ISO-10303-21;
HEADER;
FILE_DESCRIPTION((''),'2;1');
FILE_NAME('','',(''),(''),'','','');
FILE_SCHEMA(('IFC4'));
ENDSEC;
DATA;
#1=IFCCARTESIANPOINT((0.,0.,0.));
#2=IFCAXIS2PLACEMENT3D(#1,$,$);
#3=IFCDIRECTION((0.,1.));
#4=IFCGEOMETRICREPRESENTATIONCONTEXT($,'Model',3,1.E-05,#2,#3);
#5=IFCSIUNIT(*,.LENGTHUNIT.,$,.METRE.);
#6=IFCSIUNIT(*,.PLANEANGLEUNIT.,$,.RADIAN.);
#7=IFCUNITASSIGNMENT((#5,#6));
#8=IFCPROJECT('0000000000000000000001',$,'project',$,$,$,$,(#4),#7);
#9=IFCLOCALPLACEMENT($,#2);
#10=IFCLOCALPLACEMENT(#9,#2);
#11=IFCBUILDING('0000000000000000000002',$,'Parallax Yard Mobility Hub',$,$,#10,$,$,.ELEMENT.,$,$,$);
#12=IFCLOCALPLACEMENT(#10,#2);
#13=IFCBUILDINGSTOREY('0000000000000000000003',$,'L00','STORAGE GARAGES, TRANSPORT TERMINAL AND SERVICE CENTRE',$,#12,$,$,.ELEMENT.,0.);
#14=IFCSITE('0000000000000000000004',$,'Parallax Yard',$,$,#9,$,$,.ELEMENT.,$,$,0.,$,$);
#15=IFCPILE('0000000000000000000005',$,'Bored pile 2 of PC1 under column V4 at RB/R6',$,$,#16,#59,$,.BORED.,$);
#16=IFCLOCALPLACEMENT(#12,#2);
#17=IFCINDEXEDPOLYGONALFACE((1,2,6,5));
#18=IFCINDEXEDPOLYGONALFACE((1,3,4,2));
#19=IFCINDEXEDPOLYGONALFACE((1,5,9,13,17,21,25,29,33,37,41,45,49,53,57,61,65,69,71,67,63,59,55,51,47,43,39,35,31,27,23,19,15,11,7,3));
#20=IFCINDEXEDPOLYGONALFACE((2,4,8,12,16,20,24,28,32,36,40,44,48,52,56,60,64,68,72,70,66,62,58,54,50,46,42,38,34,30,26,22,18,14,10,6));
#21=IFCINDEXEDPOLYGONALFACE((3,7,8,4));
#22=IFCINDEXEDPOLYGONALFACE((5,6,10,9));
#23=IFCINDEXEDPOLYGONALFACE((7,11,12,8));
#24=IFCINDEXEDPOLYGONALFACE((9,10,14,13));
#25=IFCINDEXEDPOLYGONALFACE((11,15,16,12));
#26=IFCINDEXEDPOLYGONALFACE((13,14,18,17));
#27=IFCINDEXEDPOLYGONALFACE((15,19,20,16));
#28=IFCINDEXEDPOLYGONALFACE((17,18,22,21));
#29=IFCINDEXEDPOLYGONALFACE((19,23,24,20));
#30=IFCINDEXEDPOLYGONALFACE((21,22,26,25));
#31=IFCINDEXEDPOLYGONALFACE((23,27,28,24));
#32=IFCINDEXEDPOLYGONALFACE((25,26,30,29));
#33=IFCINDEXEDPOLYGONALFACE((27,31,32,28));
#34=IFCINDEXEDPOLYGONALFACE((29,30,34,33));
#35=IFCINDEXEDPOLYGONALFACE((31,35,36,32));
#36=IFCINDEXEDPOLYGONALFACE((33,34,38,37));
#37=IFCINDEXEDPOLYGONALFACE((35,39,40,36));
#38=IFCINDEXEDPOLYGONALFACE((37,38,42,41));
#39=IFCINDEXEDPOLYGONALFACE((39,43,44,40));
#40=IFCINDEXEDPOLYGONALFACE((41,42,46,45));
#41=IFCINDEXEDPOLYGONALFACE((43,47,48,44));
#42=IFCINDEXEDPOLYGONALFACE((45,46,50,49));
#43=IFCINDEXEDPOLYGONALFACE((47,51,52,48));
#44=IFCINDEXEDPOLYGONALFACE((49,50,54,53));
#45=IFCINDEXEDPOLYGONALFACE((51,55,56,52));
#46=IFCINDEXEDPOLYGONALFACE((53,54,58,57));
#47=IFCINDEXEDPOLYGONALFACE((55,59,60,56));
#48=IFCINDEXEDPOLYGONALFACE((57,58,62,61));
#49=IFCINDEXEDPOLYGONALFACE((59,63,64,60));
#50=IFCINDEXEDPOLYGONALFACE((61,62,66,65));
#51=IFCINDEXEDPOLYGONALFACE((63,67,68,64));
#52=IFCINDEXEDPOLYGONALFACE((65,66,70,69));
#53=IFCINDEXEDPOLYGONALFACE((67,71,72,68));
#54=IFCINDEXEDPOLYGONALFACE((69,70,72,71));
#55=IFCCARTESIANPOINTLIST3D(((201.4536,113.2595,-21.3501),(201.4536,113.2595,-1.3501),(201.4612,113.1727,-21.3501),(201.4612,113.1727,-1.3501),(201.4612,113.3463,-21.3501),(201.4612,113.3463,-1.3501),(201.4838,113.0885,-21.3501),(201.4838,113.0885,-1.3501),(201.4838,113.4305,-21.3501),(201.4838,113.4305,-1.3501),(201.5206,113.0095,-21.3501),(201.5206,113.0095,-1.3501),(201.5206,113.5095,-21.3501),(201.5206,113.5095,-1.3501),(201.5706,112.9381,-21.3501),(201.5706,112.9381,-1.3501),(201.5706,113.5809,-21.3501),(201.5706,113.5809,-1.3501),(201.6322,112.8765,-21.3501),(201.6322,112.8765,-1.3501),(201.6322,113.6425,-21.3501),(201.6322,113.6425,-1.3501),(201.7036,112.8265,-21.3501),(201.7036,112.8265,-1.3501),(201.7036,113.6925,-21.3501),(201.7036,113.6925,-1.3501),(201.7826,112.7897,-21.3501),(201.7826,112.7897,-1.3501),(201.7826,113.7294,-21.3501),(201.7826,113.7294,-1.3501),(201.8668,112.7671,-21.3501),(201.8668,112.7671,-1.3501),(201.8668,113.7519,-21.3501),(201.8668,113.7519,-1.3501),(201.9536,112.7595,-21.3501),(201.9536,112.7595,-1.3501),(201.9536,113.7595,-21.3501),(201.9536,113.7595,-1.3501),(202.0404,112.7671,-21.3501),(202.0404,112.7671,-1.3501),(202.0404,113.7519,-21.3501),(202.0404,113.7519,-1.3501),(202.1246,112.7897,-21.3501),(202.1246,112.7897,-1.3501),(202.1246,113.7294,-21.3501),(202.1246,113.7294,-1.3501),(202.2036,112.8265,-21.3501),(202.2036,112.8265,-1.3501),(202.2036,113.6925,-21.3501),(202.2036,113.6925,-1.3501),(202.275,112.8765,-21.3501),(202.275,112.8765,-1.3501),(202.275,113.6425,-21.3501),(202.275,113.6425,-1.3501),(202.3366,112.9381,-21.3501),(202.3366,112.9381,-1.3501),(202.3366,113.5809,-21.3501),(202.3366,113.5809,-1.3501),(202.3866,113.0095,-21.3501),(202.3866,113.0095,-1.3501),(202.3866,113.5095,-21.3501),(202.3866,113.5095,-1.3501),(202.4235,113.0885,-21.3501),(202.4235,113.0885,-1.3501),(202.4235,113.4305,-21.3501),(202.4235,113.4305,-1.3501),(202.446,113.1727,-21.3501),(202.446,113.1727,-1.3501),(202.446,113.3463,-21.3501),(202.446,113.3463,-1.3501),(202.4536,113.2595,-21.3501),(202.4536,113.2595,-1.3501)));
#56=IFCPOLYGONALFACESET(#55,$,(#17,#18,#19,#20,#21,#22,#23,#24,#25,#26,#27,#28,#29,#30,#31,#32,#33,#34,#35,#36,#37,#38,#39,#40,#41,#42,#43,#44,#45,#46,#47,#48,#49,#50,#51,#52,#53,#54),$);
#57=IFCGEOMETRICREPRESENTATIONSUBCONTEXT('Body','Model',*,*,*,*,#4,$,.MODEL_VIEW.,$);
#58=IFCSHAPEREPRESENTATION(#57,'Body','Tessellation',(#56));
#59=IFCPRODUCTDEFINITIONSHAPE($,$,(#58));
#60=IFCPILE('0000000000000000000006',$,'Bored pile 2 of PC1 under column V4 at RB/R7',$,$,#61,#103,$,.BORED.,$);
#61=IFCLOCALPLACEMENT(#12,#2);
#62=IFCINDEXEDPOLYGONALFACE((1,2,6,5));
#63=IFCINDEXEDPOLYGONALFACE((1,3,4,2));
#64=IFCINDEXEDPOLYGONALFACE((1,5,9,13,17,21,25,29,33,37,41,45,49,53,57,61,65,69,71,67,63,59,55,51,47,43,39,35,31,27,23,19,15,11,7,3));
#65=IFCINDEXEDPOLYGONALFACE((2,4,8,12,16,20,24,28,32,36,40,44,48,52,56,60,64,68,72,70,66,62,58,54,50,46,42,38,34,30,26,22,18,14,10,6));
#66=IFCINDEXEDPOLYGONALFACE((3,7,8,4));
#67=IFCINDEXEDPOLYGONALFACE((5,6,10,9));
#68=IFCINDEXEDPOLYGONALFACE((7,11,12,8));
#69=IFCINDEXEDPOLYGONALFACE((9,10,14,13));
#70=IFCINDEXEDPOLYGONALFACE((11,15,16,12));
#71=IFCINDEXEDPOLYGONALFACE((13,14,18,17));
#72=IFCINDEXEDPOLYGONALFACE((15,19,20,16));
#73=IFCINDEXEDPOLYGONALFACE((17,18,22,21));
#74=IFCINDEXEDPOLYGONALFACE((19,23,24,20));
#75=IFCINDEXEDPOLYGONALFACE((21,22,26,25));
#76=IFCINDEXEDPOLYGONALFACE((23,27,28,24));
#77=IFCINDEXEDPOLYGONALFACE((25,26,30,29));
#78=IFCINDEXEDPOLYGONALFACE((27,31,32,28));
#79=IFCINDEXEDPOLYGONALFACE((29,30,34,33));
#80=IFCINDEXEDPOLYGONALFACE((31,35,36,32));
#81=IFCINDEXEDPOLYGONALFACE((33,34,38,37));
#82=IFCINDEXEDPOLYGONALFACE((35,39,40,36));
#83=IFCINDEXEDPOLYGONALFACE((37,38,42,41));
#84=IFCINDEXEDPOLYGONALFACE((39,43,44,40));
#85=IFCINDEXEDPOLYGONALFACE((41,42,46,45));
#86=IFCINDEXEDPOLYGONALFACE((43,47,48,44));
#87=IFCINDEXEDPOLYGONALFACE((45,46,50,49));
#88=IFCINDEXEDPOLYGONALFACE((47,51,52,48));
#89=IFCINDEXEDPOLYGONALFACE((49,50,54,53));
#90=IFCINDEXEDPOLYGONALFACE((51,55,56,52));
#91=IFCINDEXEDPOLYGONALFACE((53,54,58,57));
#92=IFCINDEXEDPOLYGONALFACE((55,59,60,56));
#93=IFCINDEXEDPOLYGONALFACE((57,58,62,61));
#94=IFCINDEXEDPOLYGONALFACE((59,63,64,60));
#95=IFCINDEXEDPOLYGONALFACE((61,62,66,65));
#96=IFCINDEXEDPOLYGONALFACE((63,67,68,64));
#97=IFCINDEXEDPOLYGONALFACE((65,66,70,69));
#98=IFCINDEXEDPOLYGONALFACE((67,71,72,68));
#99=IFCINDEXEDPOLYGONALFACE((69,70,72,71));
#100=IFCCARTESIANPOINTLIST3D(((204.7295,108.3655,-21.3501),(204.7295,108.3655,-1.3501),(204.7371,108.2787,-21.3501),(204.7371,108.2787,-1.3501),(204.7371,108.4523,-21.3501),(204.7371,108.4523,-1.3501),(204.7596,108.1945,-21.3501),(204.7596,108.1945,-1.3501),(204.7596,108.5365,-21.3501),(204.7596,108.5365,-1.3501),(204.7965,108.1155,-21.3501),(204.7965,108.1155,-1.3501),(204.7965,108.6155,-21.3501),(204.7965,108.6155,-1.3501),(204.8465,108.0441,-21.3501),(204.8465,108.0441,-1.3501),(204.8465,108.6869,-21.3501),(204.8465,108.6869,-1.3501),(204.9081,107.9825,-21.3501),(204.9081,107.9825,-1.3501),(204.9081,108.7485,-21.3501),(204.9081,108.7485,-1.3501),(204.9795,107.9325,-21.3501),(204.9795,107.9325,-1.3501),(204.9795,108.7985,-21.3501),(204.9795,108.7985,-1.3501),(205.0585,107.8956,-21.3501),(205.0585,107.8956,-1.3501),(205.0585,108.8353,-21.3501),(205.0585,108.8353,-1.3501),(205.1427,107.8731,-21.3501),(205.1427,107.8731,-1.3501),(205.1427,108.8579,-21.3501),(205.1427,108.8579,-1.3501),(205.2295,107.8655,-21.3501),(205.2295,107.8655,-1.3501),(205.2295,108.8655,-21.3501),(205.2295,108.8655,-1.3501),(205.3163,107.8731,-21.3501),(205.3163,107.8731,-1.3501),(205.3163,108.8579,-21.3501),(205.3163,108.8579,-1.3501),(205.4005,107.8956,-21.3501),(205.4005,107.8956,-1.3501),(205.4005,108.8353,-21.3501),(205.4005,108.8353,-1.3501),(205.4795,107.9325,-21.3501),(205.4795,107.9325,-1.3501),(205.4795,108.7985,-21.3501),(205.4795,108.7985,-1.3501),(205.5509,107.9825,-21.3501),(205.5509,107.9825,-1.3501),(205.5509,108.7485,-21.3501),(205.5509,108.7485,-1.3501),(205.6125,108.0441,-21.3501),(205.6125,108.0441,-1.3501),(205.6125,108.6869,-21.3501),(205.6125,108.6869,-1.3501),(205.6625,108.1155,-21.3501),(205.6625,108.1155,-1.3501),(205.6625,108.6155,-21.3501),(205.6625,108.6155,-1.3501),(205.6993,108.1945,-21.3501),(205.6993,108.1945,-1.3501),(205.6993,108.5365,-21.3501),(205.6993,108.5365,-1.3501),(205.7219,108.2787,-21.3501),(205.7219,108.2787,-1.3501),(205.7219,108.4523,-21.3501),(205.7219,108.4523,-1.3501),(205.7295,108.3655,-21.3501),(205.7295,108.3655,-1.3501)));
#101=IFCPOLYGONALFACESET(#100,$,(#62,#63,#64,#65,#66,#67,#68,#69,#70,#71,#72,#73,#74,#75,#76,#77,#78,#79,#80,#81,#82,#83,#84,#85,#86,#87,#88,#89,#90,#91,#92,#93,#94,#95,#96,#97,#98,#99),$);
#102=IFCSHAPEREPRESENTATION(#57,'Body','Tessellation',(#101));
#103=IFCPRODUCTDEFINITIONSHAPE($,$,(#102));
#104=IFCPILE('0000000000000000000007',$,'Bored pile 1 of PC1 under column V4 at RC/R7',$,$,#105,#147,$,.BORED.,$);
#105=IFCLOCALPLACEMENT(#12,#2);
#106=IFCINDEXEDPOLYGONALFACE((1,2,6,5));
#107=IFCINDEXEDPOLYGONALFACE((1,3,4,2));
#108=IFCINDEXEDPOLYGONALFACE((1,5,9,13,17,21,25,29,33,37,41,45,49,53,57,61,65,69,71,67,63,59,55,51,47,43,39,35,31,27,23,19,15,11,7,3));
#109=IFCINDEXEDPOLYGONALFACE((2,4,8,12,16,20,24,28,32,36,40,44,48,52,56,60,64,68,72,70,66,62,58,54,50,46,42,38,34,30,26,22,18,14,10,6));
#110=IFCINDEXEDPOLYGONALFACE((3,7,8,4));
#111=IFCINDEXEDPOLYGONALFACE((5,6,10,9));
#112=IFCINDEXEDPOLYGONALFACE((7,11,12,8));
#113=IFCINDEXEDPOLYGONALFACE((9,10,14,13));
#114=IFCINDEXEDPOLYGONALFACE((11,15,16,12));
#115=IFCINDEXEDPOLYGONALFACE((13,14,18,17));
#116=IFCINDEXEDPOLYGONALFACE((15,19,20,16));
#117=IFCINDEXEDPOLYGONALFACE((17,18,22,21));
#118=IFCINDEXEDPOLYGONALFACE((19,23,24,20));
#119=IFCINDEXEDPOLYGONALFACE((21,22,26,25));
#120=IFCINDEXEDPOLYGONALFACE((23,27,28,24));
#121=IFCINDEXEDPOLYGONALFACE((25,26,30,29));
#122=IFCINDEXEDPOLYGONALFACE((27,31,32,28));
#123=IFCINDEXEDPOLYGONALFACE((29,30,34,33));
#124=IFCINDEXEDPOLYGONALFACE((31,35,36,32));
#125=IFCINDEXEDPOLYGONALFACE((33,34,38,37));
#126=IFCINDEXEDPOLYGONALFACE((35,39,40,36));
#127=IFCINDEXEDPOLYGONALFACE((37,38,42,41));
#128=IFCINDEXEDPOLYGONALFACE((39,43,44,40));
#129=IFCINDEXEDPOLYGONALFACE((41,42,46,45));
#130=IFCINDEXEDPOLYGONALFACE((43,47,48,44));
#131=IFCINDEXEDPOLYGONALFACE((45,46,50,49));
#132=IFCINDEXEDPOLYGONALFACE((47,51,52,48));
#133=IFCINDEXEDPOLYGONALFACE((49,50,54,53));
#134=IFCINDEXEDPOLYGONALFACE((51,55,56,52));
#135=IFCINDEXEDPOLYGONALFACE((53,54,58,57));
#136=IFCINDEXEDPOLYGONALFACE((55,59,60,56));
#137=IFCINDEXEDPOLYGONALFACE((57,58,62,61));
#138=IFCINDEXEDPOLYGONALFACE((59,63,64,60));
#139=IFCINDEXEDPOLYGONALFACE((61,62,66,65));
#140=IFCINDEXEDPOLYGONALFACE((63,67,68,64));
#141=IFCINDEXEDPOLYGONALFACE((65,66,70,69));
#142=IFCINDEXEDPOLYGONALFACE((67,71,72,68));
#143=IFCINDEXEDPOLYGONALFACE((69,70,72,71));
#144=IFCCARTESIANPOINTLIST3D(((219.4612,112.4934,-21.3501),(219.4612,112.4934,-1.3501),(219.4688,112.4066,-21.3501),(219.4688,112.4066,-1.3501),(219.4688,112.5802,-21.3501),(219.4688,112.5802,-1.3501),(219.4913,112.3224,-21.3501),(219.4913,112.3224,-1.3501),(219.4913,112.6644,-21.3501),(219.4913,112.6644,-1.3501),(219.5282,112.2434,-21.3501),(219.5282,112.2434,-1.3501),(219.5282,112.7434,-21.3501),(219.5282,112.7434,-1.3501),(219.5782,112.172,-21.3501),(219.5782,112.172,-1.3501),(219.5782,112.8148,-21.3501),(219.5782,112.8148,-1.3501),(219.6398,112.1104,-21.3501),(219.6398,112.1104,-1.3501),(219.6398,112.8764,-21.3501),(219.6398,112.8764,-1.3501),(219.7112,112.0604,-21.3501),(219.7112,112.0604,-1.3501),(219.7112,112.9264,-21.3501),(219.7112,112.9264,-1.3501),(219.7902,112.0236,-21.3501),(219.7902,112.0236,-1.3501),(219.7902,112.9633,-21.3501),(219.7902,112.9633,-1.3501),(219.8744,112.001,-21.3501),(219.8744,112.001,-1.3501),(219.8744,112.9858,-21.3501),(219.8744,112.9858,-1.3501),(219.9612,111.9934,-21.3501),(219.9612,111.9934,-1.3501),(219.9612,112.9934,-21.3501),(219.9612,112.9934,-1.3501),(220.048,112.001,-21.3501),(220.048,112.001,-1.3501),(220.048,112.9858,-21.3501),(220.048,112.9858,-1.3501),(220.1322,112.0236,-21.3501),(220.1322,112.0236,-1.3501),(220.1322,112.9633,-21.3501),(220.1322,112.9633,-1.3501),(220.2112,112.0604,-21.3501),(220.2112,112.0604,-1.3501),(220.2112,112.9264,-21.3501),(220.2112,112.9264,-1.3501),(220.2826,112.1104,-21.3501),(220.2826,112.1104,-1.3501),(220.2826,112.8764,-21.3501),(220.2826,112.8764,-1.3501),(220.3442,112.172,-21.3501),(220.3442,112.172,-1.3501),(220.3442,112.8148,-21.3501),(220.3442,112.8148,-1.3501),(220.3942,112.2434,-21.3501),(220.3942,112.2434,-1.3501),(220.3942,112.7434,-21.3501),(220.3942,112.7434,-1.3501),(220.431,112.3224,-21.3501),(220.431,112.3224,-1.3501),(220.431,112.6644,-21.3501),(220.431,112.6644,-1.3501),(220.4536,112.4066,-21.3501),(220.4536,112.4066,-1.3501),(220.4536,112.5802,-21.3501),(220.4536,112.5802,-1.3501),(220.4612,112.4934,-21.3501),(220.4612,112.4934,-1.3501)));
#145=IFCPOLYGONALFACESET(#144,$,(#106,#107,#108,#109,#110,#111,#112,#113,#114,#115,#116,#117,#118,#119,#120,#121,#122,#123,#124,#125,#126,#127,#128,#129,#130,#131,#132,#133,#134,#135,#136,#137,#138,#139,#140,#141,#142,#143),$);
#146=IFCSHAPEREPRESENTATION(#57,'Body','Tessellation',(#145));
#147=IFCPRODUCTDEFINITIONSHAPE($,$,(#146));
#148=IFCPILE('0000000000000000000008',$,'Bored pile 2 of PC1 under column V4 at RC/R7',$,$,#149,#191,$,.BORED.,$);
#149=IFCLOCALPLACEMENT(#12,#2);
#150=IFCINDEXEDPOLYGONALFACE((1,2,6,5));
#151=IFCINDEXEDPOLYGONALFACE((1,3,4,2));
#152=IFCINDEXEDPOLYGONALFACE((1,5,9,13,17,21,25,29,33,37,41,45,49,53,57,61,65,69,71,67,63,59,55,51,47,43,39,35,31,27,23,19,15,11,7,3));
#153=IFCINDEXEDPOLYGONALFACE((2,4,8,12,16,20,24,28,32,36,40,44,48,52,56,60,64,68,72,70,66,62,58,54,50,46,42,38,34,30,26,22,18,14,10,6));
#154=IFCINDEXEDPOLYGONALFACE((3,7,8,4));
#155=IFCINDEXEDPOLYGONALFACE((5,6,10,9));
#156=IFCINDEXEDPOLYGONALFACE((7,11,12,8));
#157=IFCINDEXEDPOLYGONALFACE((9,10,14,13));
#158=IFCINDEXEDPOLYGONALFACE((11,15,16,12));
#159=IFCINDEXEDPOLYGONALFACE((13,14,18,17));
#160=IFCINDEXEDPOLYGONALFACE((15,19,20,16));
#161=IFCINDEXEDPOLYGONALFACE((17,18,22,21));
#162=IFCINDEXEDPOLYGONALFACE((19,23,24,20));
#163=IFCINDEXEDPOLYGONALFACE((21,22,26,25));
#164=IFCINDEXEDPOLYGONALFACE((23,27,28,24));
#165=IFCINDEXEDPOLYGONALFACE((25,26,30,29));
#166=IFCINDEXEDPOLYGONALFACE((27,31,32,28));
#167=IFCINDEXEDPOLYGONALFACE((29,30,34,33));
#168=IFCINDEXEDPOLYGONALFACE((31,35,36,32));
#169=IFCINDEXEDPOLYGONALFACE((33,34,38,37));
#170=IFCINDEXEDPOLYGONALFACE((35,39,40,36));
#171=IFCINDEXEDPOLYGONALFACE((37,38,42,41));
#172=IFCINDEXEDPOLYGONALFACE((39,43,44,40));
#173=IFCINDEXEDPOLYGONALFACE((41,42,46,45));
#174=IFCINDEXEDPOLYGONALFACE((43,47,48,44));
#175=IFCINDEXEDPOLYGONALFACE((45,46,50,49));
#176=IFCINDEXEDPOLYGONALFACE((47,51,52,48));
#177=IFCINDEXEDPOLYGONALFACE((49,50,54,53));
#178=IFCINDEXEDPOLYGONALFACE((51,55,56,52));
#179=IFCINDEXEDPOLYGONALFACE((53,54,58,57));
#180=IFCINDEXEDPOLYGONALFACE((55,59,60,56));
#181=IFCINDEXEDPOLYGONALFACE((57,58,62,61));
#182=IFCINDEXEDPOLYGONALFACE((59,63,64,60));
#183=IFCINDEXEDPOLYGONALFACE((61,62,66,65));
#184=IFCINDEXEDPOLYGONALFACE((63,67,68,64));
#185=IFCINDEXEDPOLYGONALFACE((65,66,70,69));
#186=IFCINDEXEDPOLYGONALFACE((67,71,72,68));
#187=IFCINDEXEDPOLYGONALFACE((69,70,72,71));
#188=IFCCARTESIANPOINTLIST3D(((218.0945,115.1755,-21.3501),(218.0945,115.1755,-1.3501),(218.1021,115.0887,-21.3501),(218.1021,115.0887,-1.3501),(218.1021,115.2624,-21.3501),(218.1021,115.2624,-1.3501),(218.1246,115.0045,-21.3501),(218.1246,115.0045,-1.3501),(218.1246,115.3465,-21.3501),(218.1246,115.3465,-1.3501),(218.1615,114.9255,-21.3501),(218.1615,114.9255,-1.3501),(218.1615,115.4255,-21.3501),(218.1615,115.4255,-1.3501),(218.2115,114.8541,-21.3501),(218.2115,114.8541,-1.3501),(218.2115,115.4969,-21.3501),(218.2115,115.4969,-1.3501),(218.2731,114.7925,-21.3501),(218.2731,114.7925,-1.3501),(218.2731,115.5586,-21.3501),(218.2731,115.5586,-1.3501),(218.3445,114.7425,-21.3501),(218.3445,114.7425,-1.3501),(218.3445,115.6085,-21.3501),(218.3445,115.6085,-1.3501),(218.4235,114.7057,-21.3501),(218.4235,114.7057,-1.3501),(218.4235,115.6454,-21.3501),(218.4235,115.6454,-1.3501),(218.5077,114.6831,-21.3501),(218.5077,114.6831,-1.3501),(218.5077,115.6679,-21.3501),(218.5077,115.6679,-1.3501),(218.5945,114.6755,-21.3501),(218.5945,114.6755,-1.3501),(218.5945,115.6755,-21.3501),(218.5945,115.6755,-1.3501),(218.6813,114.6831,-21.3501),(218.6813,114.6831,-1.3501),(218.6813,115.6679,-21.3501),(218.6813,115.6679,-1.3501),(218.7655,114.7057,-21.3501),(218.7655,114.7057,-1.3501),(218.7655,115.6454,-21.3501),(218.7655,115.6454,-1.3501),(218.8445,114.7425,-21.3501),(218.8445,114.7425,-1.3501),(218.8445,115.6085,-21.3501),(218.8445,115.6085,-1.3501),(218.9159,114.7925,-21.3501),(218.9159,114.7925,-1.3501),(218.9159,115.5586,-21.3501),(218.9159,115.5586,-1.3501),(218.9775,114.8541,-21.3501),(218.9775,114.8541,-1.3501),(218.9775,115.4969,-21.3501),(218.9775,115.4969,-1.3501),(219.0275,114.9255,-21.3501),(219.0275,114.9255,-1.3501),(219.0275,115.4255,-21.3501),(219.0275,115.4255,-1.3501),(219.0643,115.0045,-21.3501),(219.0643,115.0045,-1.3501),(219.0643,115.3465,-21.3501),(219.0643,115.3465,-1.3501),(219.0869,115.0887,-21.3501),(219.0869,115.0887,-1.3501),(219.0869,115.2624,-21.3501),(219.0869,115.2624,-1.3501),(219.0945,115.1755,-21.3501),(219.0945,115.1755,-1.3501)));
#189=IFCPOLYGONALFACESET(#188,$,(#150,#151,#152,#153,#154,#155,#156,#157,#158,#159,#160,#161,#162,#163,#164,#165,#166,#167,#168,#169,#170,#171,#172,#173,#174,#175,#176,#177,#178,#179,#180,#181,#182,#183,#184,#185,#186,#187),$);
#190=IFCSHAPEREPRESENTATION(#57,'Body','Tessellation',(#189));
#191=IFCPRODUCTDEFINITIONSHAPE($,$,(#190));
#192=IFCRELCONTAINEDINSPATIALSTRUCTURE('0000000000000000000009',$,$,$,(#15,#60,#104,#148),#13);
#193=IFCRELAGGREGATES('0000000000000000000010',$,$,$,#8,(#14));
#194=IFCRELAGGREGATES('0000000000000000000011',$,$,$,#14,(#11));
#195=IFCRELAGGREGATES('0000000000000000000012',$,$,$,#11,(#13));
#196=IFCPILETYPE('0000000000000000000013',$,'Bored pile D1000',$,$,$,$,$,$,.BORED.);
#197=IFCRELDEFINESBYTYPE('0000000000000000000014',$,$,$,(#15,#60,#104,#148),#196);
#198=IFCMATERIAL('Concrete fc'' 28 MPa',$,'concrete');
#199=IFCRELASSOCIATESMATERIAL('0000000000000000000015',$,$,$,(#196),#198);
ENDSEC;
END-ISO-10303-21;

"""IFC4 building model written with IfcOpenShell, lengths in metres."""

from ifc_helpers import new_model, si_unit, direction, frame, origin, origin_2d, place, context, subcontext, project, spatial, circle, extrude, material, material_profile, profile_set, type_object, element, save


model = new_model("IFC4")

# Units and contexts
model_context = context("Model", 3, precision=1e-05, world=origin(), true_north=direction((0.0, 1.0)))
body_context = subcontext(model_context, "Body", "Model", "MODEL_VIEW")
ifc_project = project(units=[si_unit("LENGTHUNIT", "METRE"), si_unit("PLANEANGLEUNIT", "RADIAN")], contexts=[model_context])

# Site, building, storey
site_placement = place(None, origin())
site = spatial("IfcSite", under=ifc_project, at=site_placement, Name="Parallax Yard", CompositionType="ELEMENT", RefElevation=0.0)
building_placement = place(site_placement, origin())
building = spatial("IfcBuilding", under=site, at=building_placement, Name="Parallax Yard Mobility Hub", CompositionType="ELEMENT")
storey_placement = place(building_placement, origin())
storey = spatial("IfcBuildingStorey", under=building, at=storey_placement, Name="L00", Description="STORAGE GARAGES, TRANSPORT TERMINAL AND SERVICE CENTRE", CompositionType="ELEMENT", Elevation=0.0)

# Piles
ifc_material_1 = material(Name="Concrete fc' 28 MPa", Category="concrete")
ifc_material_profile_1 = material_profile(ifc_material_1, circle(Radius=0.5, at=origin_2d()), Name="Bored pile D1000")
ifc_profile_set_1 = profile_set([ifc_material_profile_1], Name="Concrete fc' 28 MPa")
pile_type = type_object("IfcPileType", Name="Bored pile D1000", PredefinedType="BORED", material=ifc_profile_set_1)
for number, where, z_axis, x_axis, name in (
    (1, (201.9536, 113.2595, -1.3501), (0.0, 0.0, -1.0), (1.0, 0.0, 0.0), "Bored pile 2 of PC1 under column V4 at RB/R6"),
    (2, (205.2295, 108.3655, -1.3501), (0.0, 0.0, -1.0), (1.0, 0.0, 0.0), "Bored pile 2 of PC1 under column V4 at RB/R7"),
    (3, (219.9612, 112.4934, -1.3501), (0.0, 0.0, -1.0), (1.0, 0.0, 0.0), "Bored pile 1 of PC1 under column V4 at RC/R7"),
    (4, (218.5945, 115.1755, -1.3501), (0.0, 0.0, -1.0), (1.0, 0.0, 0.0), "Bored pile 2 of PC1 under column V4 at RC/R7"),
):
    element("IfcPile", number, at=place(storey_placement, frame(where, z_axis=z_axis, x_axis=x_axis)), inside=storey, type_object=pile_type, Name=name, PredefinedType="BORED", context=body_context, shape_type="SweptSolid", body=[
        extrude(circle(Radius=0.5, at=origin_2d()), origin(), (0.0, 0.0, 1.0), 20.0),
    ])

save(model, "model.ifc")
